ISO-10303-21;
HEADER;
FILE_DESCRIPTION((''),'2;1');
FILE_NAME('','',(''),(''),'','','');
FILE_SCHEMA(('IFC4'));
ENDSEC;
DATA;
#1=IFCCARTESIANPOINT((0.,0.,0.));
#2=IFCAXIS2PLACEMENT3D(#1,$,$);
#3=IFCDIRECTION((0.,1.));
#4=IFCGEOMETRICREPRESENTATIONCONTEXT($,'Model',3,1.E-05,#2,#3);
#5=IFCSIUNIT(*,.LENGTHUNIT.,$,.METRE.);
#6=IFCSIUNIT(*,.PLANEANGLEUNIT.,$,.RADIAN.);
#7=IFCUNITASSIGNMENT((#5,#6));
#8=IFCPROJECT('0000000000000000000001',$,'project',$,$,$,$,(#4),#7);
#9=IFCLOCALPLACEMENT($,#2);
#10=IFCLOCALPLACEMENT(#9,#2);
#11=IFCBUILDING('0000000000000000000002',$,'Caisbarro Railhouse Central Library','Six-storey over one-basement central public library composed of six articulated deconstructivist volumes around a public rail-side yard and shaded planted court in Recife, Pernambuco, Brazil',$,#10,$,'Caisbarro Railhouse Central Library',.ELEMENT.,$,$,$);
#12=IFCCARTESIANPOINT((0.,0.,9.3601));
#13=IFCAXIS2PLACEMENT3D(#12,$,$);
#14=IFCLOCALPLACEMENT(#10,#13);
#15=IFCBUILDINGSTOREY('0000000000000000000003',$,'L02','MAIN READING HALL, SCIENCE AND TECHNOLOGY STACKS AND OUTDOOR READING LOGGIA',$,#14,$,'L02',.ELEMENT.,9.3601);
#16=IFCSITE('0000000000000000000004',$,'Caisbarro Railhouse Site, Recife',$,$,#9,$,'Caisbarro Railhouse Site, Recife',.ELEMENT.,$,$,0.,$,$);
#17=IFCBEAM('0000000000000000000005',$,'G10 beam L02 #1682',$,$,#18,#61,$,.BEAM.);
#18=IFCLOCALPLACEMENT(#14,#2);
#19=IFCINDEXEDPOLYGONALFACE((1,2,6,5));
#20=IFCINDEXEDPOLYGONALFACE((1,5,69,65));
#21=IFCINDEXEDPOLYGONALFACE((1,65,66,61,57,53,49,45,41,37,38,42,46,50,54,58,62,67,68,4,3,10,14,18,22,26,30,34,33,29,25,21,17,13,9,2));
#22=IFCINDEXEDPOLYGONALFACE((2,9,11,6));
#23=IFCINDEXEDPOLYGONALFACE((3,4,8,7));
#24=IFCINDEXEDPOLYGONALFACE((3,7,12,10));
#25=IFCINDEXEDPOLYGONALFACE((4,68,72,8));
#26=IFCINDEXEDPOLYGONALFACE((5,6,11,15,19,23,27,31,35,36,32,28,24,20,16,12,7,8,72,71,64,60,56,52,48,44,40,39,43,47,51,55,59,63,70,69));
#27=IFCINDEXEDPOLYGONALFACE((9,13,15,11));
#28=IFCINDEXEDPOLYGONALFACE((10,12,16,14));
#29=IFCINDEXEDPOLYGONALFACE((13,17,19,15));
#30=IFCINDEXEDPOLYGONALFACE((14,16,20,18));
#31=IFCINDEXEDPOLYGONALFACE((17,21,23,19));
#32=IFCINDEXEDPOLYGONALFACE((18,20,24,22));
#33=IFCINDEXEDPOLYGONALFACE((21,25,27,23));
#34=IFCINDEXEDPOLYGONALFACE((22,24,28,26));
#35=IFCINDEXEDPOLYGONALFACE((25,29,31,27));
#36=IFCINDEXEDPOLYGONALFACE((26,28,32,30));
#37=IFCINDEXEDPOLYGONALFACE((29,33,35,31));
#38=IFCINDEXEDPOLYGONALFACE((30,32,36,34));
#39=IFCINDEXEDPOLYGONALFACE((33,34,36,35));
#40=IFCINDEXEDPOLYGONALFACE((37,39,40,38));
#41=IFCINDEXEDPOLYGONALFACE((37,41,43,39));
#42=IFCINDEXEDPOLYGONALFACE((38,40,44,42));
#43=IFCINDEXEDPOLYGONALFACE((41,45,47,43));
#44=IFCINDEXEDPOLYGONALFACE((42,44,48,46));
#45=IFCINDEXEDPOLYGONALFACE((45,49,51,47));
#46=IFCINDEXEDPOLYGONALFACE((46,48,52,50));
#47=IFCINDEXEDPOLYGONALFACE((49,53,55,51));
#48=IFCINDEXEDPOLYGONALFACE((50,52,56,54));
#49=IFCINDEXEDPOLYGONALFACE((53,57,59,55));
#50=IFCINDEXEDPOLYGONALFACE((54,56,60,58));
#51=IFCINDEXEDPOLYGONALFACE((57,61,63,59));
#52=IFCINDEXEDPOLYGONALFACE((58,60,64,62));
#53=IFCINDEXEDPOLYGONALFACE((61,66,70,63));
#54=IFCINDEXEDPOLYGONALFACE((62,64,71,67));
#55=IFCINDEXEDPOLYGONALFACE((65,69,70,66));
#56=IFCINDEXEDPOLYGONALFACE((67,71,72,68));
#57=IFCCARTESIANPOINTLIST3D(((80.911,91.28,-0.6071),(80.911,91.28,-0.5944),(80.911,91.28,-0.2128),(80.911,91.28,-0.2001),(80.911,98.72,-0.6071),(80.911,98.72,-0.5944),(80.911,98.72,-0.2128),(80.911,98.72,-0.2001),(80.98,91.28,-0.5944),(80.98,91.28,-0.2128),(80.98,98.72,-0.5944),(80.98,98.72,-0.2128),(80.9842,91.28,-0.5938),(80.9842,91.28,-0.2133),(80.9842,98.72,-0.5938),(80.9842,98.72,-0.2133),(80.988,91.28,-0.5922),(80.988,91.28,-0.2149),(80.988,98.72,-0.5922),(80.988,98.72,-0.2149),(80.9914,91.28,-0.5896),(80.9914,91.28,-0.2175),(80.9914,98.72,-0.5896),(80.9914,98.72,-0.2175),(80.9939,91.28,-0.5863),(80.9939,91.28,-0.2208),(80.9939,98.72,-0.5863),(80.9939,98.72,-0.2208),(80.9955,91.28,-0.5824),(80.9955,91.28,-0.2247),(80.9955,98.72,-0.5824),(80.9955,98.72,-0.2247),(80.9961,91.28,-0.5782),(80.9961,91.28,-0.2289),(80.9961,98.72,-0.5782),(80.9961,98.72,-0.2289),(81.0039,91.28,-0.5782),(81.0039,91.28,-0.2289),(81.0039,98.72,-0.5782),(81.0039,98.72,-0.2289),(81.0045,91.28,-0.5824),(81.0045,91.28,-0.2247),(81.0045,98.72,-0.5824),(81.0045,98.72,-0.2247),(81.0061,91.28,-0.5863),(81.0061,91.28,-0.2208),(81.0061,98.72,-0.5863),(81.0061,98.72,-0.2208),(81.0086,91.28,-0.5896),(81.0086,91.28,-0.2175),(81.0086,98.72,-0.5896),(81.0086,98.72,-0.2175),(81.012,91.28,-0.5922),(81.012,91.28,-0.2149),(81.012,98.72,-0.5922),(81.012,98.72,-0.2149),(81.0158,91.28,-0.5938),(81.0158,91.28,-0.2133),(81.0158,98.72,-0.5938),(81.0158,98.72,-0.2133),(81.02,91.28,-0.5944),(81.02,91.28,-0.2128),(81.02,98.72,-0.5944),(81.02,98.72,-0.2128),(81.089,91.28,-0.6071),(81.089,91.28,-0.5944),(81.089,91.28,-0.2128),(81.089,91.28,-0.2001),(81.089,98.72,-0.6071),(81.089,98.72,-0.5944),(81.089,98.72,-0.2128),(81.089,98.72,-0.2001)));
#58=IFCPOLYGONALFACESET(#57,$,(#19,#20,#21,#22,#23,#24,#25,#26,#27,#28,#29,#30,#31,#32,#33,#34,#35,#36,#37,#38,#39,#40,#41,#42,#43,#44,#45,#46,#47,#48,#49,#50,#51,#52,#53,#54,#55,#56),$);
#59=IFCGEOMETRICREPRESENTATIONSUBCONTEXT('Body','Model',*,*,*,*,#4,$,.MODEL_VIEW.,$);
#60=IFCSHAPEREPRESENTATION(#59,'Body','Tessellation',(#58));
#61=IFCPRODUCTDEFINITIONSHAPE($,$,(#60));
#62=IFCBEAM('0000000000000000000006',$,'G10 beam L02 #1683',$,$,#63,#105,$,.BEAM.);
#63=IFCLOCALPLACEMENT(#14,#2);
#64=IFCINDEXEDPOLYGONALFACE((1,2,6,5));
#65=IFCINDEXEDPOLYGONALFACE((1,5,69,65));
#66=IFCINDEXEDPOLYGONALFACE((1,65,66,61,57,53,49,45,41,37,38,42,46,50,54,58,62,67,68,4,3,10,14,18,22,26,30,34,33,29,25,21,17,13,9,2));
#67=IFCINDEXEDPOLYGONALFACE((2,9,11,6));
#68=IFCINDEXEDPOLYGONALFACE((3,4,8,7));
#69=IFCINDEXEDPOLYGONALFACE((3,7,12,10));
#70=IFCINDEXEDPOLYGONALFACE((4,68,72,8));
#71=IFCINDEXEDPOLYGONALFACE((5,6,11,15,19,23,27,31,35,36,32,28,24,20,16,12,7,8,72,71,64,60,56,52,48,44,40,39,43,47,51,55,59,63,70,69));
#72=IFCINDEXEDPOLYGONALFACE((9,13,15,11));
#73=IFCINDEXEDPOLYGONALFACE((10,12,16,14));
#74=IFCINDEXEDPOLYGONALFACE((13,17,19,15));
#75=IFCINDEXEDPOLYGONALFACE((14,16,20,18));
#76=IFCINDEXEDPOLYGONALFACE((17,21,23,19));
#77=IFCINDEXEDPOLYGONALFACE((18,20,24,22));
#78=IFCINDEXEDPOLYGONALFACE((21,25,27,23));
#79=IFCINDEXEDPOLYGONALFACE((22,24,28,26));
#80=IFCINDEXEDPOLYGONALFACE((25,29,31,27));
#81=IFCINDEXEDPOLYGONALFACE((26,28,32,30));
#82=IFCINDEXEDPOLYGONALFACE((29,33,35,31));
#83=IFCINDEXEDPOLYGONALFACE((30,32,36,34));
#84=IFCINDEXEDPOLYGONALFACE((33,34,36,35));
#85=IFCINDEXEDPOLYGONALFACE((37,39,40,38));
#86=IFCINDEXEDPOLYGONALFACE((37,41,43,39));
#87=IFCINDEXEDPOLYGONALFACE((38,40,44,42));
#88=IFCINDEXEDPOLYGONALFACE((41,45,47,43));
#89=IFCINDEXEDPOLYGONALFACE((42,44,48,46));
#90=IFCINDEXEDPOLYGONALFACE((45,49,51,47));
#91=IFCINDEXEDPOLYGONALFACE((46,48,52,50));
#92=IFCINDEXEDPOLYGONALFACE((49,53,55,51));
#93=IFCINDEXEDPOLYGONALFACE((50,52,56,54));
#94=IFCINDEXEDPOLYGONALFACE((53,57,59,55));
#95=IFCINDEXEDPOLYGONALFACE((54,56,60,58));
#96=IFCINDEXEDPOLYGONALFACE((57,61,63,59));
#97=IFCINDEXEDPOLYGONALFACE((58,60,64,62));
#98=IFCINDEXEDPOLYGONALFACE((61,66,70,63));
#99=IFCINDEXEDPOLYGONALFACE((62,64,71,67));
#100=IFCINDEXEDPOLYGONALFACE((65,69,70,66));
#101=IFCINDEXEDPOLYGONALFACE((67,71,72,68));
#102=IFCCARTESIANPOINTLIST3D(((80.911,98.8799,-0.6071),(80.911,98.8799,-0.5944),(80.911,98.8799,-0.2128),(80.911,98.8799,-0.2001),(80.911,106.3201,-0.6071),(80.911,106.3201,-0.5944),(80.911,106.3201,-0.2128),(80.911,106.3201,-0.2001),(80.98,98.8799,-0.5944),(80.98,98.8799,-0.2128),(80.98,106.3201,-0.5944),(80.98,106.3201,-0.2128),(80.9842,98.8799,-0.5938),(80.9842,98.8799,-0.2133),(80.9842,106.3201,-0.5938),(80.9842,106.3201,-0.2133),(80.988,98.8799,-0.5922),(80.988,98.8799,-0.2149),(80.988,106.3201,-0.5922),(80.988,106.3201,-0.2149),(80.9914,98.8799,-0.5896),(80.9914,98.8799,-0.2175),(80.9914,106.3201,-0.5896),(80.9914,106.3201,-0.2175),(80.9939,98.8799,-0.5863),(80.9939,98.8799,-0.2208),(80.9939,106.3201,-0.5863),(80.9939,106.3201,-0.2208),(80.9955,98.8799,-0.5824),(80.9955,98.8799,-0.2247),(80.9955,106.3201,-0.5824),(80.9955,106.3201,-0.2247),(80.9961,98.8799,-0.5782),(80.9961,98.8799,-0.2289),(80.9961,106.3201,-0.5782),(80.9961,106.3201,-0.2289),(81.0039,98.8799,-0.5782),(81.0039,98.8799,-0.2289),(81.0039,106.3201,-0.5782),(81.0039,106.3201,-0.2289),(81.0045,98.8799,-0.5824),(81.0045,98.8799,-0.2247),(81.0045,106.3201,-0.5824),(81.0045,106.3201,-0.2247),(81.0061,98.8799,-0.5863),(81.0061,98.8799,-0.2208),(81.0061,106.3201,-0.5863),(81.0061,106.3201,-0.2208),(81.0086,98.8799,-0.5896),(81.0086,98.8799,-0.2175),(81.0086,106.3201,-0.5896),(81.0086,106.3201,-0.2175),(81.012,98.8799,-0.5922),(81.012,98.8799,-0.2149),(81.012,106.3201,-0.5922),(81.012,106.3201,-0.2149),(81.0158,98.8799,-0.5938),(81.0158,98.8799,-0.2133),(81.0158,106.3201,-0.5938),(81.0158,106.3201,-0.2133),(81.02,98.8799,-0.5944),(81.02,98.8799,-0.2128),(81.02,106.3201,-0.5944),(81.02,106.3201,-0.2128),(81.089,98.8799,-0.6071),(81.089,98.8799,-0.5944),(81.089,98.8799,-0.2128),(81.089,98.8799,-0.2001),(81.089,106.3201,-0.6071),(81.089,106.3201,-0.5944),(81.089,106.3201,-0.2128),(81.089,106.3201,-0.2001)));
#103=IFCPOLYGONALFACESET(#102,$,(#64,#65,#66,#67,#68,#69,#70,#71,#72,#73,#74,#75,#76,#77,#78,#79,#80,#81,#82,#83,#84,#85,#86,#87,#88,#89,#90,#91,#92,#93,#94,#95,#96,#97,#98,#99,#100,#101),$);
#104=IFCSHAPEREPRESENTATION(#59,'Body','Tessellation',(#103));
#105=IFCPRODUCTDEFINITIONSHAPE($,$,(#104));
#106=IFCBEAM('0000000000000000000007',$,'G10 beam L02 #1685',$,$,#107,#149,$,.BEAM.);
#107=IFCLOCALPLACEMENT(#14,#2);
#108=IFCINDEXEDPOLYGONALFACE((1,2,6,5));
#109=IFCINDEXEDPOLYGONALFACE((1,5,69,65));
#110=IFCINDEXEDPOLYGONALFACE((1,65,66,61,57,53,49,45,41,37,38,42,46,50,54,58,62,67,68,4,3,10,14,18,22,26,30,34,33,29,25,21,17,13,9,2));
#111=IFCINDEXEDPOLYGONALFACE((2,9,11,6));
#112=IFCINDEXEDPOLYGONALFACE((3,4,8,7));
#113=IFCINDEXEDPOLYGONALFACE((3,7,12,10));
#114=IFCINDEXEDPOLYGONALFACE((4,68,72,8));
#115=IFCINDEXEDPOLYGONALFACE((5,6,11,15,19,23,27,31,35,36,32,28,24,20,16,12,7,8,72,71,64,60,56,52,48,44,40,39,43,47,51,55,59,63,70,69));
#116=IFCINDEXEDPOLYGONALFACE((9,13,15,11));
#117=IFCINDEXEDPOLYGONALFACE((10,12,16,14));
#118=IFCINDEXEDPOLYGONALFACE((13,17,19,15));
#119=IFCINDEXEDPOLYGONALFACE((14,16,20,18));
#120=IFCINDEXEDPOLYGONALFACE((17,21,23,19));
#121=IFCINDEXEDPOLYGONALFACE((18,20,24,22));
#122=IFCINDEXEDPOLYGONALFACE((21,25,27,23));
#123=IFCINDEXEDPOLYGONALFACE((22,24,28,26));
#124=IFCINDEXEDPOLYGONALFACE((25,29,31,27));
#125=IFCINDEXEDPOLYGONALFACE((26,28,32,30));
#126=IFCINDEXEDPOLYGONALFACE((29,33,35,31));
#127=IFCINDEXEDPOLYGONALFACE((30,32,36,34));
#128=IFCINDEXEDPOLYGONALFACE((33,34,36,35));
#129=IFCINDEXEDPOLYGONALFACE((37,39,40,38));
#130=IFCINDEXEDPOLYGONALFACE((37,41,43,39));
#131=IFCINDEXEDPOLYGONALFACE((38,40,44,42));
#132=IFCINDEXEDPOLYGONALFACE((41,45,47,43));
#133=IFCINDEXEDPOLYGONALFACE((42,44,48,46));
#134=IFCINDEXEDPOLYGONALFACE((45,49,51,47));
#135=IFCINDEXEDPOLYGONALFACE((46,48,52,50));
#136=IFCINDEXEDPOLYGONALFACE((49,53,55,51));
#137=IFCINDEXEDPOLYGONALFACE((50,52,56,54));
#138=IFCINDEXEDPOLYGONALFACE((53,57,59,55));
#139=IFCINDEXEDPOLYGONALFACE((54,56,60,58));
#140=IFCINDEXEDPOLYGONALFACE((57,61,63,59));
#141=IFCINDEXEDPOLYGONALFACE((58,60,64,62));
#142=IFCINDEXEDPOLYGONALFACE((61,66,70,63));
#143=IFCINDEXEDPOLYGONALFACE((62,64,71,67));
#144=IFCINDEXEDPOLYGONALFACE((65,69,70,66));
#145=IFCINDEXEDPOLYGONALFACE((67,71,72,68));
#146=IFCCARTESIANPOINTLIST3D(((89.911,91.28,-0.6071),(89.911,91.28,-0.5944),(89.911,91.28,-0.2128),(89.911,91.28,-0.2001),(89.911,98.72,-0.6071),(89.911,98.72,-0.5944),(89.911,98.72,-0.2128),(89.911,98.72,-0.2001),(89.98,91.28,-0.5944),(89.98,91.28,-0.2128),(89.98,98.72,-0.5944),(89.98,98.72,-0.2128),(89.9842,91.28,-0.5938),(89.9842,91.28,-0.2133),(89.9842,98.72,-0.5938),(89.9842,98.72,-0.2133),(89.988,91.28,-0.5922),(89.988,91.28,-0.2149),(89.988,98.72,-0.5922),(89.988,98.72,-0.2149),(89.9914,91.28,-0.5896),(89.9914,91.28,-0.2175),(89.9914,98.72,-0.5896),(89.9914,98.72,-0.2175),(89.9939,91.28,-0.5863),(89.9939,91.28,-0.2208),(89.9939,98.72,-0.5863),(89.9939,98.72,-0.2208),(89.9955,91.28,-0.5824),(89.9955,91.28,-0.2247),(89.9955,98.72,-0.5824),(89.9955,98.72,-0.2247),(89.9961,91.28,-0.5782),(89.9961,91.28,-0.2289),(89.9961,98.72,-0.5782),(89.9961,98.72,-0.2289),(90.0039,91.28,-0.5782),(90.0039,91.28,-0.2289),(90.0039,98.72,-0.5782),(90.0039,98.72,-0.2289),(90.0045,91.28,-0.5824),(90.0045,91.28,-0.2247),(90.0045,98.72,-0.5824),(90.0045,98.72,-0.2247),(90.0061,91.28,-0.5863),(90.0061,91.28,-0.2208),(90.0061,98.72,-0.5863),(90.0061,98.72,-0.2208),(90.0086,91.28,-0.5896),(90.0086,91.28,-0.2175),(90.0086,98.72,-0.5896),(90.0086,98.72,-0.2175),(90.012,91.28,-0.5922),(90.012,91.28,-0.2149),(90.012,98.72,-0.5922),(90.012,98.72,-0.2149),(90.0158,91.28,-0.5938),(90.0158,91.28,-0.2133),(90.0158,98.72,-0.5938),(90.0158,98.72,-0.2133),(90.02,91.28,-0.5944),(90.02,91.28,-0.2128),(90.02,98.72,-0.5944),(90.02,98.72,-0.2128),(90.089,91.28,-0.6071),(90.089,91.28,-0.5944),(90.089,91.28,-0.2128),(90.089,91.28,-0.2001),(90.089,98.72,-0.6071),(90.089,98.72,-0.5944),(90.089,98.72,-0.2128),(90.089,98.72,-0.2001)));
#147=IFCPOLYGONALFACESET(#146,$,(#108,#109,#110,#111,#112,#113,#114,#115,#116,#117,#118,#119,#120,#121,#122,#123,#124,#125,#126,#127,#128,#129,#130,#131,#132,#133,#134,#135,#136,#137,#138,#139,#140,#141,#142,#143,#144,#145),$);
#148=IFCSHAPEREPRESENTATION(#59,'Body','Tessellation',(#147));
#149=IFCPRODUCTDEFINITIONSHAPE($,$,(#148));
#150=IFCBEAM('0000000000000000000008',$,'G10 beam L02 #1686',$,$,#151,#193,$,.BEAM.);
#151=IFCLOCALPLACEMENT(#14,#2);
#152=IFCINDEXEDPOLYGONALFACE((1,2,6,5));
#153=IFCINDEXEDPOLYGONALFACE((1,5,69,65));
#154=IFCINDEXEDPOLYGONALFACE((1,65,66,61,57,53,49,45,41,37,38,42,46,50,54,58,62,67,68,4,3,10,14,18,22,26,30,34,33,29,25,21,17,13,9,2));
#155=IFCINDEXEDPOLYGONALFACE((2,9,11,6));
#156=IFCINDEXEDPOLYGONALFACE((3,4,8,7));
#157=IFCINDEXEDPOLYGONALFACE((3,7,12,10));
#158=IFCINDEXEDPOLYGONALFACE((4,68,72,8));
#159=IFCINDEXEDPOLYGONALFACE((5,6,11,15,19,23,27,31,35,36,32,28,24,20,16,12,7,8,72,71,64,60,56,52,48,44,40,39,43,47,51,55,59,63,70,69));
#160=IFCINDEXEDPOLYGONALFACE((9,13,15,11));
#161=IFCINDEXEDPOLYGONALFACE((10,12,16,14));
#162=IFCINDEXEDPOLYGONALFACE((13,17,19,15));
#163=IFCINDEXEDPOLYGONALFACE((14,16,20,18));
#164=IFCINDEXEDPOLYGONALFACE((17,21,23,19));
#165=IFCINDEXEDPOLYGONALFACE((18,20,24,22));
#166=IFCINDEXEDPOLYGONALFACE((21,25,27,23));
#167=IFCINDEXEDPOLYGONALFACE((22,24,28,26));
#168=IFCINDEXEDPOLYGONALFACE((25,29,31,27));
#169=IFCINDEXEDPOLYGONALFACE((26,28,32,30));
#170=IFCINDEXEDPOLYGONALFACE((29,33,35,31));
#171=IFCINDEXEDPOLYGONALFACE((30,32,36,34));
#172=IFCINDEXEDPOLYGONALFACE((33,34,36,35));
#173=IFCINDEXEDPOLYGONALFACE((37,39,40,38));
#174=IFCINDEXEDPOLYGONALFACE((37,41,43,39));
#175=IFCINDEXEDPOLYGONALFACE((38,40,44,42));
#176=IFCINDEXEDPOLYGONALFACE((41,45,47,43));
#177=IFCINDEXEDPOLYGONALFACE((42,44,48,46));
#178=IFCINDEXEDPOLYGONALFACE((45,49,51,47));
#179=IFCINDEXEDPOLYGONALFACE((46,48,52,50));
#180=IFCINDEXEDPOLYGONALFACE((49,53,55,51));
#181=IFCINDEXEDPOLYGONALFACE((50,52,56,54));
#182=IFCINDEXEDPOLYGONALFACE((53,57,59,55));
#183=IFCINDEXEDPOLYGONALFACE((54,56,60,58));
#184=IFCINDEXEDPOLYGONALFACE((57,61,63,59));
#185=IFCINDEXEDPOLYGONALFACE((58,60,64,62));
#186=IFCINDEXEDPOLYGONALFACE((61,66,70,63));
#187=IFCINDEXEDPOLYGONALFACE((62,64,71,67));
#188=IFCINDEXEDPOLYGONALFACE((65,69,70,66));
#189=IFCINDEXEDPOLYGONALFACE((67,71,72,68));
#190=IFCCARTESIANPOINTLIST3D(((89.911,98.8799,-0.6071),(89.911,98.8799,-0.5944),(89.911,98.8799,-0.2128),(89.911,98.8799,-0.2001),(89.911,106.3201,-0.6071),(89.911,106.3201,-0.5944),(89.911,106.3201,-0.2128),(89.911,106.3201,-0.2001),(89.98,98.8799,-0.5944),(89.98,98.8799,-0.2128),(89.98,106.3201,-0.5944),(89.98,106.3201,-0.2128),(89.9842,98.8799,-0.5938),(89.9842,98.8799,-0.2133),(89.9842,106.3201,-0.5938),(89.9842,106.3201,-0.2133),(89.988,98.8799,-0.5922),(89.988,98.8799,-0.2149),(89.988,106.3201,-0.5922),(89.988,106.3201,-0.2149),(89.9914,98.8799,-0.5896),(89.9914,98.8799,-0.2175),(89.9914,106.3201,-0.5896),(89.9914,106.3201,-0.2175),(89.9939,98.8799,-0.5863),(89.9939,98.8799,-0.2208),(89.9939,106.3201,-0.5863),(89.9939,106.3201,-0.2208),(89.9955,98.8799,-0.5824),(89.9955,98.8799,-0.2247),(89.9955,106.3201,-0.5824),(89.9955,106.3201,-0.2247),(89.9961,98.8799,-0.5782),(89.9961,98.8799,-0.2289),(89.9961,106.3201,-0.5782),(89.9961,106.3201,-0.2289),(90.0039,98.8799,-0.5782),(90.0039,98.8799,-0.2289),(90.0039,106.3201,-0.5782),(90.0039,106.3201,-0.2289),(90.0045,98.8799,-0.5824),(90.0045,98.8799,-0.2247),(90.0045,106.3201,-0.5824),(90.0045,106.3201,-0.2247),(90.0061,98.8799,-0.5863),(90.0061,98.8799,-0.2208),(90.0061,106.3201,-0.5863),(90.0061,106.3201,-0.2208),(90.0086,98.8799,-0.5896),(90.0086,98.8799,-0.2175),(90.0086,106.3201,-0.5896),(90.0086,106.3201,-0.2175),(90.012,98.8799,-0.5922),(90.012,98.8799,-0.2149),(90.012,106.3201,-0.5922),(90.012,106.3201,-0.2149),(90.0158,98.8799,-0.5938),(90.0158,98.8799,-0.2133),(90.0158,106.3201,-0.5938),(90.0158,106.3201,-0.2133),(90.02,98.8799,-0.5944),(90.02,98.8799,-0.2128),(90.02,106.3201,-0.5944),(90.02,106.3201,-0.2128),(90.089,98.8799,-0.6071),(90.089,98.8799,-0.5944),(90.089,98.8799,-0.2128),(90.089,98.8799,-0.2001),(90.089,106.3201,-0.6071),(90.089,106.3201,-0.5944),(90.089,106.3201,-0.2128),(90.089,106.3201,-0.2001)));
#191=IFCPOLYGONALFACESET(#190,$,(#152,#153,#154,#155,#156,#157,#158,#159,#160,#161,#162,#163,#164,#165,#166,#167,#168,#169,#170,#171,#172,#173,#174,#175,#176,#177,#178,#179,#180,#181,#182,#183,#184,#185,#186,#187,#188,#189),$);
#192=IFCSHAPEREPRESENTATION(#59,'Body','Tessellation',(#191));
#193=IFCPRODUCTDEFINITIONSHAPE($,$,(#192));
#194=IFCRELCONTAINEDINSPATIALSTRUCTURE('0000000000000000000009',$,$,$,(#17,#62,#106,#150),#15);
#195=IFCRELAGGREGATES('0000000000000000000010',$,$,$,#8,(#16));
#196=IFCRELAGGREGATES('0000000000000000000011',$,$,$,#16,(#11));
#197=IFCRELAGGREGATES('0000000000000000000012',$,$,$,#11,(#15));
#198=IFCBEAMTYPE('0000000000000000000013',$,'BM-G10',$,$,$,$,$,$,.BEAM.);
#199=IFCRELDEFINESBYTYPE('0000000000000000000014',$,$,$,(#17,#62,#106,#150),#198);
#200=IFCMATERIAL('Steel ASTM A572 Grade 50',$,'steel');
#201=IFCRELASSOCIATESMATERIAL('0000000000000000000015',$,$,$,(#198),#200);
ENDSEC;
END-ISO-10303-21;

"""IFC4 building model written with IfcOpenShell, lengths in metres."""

from ifc_helpers import new_model, si_unit, direction, frame, origin, origin_2d, place, context, subcontext, project, spatial, i_section, extrude, material, material_profile, profile_set, type_object, element, save


model = new_model("IFC4")

# Units and contexts
model_context = context("Model", 3, precision=1e-05, world=origin(), true_north=direction((0.0, 1.0)))
body_context = subcontext(model_context, "Body", "Model", "MODEL_VIEW")
ifc_project = project(units=[si_unit("LENGTHUNIT", "METRE"), si_unit("PLANEANGLEUNIT", "RADIAN")], contexts=[model_context])

# Site, building, storey
site_placement = place(None, origin())
site = spatial("IfcSite", under=ifc_project, at=site_placement, Name="Caisbarro Railhouse Site, Recife", LongName="Caisbarro Railhouse Site, Recife", CompositionType="ELEMENT", RefElevation=0.0)
building_placement = place(site_placement, origin())
building = spatial("IfcBuilding", under=site, at=building_placement, Name="Caisbarro Railhouse Central Library", Description="Six-storey over one-basement central public library composed of six articulated deconstructivist volumes around a public rail-side yard and shaded planted court in Recife, Pernambuco, Brazil", LongName="Caisbarro Railhouse Central Library", CompositionType="ELEMENT")
storey_placement = place(building_placement, frame((0.0, 0.0, 9.3601)))
storey = spatial("IfcBuildingStorey", under=building, at=storey_placement, Name="L02", Description="MAIN READING HALL, SCIENCE AND TECHNOLOGY STACKS AND OUTDOOR READING LOGGIA", LongName="L02", CompositionType="ELEMENT", Elevation=9.3601)

# Shared definitions
ifc_material_1 = material(Name="Steel ASTM A572 Grade 50", Category="steel")

# Beams
ifc_material_profile_1 = material_profile(ifc_material_1, i_section(OverallWidth=0.178, OverallDepth=0.407, WebThickness=0.0078, FlangeThickness=0.0127, FilletRadius=0.0161, at=origin_2d()), Name="W410X60.0")
ifc_profile_set_1 = profile_set([ifc_material_profile_1], Name="Steel ASTM A572 Grade 50")
beam_type_1 = type_object("IfcBeamType", Name="BM-G10", PredefinedType="BEAM", material=ifc_profile_set_1)
beam_1_placement = place(storey_placement, frame((81.0, 91.28, -0.4036), z_axis=(0.0, 1.0, 0.0), x_axis=(-1.0, 0.0, 0.0)))
element("IfcBeam", 1, at=beam_1_placement, inside=storey, type_object=beam_type_1, Name="G10 beam L02 #1682", PredefinedType="BEAM", context=body_context, shape_type="SweptSolid", body=[
    extrude(i_section(OverallWidth=0.178, OverallDepth=0.407, WebThickness=0.0078, FlangeThickness=0.0127, FilletRadius=0.0161, at=origin_2d()), origin(), (0.0, 0.0, 1.0), 7.4399),
])
beam_2_placement = place(storey_placement, frame((81.0, 98.8799, -0.4036), z_axis=(0.0, 1.0, 0.0), x_axis=(-1.0, 0.0, 0.0)))
element("IfcBeam", 2, at=beam_2_placement, inside=storey, type_object=beam_type_1, Name="G10 beam L02 #1683", PredefinedType="BEAM", context=body_context, shape_type="SweptSolid", body=[
    extrude(i_section(OverallWidth=0.178, OverallDepth=0.407, WebThickness=0.0078, FlangeThickness=0.0127, FilletRadius=0.0161, at=origin_2d()), origin(), (0.0, 0.0, 1.0), 7.4402),
])
beam_3_placement = place(storey_placement, frame((90.0, 91.28, -0.4036), z_axis=(0.0, 1.0, 0.0), x_axis=(-1.0, 0.0, 0.0)))
element("IfcBeam", 3, at=beam_3_placement, inside=storey, type_object=beam_type_1, Name="G10 beam L02 #1685", PredefinedType="BEAM", context=body_context, shape_type="SweptSolid", body=[
    extrude(i_section(OverallWidth=0.178, OverallDepth=0.407, WebThickness=0.0078, FlangeThickness=0.0127, FilletRadius=0.0161, at=origin_2d()), origin(), (0.0, 0.0, 1.0), 7.4399),
])
beam_4_placement = place(storey_placement, frame((90.0, 98.8799, -0.4036), z_axis=(0.0, 1.0, 0.0), x_axis=(-1.0, 0.0, 0.0)))
element("IfcBeam", 4, at=beam_4_placement, inside=storey, type_object=beam_type_1, Name="G10 beam L02 #1686", PredefinedType="BEAM", context=body_context, shape_type="SweptSolid", body=[
    extrude(i_section(OverallWidth=0.178, OverallDepth=0.407, WebThickness=0.0078, FlangeThickness=0.0127, FilletRadius=0.0161, at=origin_2d()), origin(), (0.0, 0.0, 1.0), 7.4402),
])

save(model, "model.ifc")
